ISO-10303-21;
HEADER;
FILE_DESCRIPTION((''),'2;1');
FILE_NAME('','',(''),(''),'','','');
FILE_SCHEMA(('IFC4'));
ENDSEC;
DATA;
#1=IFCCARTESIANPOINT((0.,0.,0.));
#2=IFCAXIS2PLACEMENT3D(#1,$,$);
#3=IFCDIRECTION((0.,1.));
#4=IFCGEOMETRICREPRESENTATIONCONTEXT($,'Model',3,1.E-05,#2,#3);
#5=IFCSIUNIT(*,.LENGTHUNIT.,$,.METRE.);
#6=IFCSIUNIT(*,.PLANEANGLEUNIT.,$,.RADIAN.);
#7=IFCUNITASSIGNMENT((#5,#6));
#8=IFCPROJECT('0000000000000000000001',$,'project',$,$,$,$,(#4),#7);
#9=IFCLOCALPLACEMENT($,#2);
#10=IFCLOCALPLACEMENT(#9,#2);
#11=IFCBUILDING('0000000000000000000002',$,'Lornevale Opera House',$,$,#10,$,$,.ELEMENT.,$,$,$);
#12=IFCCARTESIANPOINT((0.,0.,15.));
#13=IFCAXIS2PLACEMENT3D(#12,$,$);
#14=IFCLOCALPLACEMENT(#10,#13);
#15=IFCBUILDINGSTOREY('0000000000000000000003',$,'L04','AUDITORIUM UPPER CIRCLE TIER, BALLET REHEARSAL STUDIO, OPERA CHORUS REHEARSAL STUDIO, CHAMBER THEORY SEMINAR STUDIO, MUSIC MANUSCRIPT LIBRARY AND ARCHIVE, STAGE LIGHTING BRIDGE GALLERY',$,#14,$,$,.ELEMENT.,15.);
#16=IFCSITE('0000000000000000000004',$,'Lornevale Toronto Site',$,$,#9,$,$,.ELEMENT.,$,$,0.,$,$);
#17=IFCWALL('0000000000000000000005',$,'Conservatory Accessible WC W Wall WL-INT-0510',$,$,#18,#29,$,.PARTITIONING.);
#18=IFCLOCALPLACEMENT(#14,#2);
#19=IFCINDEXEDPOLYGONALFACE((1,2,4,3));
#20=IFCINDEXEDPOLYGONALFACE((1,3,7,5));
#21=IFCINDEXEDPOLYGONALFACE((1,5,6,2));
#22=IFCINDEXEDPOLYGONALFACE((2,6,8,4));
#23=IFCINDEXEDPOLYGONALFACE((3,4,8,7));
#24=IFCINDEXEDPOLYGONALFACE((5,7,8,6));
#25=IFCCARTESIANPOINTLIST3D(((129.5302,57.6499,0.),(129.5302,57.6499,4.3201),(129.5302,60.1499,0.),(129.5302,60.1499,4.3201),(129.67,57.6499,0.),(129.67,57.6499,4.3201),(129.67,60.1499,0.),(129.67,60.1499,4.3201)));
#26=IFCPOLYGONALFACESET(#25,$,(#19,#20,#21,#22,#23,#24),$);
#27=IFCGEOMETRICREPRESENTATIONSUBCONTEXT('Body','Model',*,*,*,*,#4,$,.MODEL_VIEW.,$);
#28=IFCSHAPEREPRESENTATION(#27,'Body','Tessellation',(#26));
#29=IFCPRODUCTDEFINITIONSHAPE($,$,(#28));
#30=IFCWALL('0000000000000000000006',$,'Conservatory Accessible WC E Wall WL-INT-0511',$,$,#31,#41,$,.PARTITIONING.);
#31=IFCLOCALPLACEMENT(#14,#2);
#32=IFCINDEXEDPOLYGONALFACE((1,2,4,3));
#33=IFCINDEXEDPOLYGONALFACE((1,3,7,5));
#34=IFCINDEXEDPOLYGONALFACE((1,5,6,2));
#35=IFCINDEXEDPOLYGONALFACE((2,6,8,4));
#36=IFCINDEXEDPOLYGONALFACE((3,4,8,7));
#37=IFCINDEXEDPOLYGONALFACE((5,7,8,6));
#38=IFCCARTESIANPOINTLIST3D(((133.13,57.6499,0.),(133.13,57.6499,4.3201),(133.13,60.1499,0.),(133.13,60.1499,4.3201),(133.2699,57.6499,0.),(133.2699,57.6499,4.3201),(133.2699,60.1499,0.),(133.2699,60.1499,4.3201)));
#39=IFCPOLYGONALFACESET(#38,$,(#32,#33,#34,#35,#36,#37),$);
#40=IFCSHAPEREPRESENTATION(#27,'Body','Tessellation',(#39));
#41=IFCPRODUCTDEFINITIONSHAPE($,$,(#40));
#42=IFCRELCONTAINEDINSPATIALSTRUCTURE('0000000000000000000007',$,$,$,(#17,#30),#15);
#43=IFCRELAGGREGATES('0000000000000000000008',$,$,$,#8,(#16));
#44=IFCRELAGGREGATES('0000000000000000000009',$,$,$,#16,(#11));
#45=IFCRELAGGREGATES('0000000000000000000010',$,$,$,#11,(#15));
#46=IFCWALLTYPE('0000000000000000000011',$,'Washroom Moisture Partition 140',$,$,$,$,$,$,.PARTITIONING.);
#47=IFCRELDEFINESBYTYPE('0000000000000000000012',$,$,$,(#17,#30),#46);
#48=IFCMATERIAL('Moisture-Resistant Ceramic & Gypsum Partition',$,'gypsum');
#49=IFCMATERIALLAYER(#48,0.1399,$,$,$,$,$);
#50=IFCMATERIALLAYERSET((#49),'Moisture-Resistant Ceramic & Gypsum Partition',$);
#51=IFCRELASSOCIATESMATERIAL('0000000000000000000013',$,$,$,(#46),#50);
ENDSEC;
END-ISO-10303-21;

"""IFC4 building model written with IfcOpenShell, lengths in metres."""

from ifc_helpers import new_model, si_unit, direction, frame, frame_2d, origin, place, context, subcontext, project, spatial, rectangle, extrude, material, layer, layer_set, type_object, element, save


model = new_model("IFC4")

# Units and contexts
model_context = context("Model", 3, precision=1e-05, world=origin(), true_north=direction((0.0, 1.0)))
body_context = subcontext(model_context, "Body", "Model", "MODEL_VIEW")
ifc_project = project(units=[si_unit("LENGTHUNIT", "METRE"), si_unit("PLANEANGLEUNIT", "RADIAN")], contexts=[model_context])

# Site, building, storey
site_placement = place(None, origin())
site = spatial("IfcSite", under=ifc_project, at=site_placement, Name="Lornevale Toronto Site", CompositionType="ELEMENT", RefElevation=0.0)
building_placement = place(site_placement, origin())
building = spatial("IfcBuilding", under=site, at=building_placement, Name="Lornevale Opera House", CompositionType="ELEMENT")
storey_placement = place(building_placement, frame((0.0, 0.0, 15.0)))
storey = spatial("IfcBuildingStorey", under=building, at=storey_placement, Name="L04", Description="AUDITORIUM UPPER CIRCLE TIER, BALLET REHEARSAL STUDIO, OPERA CHORUS REHEARSAL STUDIO, CHAMBER THEORY SEMINAR STUDIO, MUSIC MANUSCRIPT LIBRARY AND ARCHIVE, STAGE LIGHTING BRIDGE GALLERY", CompositionType="ELEMENT", Elevation=15.0)

# Shared definitions
ifc_material_1 = material(Name="Moisture-Resistant Ceramic & Gypsum Partition", Category="gypsum")
ifc_layer_1 = layer(ifc_material_1, 0.1399)
ifc_layer_set_1 = layer_set([ifc_layer_1], Name="Moisture-Resistant Ceramic & Gypsum Partition")
wall_type_1 = type_object("IfcWallType", Name="Washroom Moisture Partition 140", PredefinedType="PARTITIONING", material=ifc_layer_set_1)

# Walls
for number, where, z_axis, x_axis, name in (
    (1, (129.6001, 57.6499, 0.0), (0.0, 0.0, 1.0), (0.0, 1.0, 0.0), "Conservatory Accessible WC W Wall WL-INT-0510"),
    (2, (133.2, 57.6499, 0.0), (0.0, 0.0, 1.0), (0.0, 1.0, 0.0), "Conservatory Accessible WC E Wall WL-INT-0511"),
):
    element("IfcWall", number, at=place(storey_placement, frame(where, z_axis=z_axis, x_axis=x_axis)), inside=storey, type_object=wall_type_1, Name=name, PredefinedType="PARTITIONING", context=body_context, shape_type="SweptSolid", body=[
        extrude(rectangle(XDim=2.5, YDim=0.1399, at=frame_2d((1.25, 0.0))), origin(), (0.0, 0.0, 1.0), 4.3201),
    ])

save(model, "model.ifc")
